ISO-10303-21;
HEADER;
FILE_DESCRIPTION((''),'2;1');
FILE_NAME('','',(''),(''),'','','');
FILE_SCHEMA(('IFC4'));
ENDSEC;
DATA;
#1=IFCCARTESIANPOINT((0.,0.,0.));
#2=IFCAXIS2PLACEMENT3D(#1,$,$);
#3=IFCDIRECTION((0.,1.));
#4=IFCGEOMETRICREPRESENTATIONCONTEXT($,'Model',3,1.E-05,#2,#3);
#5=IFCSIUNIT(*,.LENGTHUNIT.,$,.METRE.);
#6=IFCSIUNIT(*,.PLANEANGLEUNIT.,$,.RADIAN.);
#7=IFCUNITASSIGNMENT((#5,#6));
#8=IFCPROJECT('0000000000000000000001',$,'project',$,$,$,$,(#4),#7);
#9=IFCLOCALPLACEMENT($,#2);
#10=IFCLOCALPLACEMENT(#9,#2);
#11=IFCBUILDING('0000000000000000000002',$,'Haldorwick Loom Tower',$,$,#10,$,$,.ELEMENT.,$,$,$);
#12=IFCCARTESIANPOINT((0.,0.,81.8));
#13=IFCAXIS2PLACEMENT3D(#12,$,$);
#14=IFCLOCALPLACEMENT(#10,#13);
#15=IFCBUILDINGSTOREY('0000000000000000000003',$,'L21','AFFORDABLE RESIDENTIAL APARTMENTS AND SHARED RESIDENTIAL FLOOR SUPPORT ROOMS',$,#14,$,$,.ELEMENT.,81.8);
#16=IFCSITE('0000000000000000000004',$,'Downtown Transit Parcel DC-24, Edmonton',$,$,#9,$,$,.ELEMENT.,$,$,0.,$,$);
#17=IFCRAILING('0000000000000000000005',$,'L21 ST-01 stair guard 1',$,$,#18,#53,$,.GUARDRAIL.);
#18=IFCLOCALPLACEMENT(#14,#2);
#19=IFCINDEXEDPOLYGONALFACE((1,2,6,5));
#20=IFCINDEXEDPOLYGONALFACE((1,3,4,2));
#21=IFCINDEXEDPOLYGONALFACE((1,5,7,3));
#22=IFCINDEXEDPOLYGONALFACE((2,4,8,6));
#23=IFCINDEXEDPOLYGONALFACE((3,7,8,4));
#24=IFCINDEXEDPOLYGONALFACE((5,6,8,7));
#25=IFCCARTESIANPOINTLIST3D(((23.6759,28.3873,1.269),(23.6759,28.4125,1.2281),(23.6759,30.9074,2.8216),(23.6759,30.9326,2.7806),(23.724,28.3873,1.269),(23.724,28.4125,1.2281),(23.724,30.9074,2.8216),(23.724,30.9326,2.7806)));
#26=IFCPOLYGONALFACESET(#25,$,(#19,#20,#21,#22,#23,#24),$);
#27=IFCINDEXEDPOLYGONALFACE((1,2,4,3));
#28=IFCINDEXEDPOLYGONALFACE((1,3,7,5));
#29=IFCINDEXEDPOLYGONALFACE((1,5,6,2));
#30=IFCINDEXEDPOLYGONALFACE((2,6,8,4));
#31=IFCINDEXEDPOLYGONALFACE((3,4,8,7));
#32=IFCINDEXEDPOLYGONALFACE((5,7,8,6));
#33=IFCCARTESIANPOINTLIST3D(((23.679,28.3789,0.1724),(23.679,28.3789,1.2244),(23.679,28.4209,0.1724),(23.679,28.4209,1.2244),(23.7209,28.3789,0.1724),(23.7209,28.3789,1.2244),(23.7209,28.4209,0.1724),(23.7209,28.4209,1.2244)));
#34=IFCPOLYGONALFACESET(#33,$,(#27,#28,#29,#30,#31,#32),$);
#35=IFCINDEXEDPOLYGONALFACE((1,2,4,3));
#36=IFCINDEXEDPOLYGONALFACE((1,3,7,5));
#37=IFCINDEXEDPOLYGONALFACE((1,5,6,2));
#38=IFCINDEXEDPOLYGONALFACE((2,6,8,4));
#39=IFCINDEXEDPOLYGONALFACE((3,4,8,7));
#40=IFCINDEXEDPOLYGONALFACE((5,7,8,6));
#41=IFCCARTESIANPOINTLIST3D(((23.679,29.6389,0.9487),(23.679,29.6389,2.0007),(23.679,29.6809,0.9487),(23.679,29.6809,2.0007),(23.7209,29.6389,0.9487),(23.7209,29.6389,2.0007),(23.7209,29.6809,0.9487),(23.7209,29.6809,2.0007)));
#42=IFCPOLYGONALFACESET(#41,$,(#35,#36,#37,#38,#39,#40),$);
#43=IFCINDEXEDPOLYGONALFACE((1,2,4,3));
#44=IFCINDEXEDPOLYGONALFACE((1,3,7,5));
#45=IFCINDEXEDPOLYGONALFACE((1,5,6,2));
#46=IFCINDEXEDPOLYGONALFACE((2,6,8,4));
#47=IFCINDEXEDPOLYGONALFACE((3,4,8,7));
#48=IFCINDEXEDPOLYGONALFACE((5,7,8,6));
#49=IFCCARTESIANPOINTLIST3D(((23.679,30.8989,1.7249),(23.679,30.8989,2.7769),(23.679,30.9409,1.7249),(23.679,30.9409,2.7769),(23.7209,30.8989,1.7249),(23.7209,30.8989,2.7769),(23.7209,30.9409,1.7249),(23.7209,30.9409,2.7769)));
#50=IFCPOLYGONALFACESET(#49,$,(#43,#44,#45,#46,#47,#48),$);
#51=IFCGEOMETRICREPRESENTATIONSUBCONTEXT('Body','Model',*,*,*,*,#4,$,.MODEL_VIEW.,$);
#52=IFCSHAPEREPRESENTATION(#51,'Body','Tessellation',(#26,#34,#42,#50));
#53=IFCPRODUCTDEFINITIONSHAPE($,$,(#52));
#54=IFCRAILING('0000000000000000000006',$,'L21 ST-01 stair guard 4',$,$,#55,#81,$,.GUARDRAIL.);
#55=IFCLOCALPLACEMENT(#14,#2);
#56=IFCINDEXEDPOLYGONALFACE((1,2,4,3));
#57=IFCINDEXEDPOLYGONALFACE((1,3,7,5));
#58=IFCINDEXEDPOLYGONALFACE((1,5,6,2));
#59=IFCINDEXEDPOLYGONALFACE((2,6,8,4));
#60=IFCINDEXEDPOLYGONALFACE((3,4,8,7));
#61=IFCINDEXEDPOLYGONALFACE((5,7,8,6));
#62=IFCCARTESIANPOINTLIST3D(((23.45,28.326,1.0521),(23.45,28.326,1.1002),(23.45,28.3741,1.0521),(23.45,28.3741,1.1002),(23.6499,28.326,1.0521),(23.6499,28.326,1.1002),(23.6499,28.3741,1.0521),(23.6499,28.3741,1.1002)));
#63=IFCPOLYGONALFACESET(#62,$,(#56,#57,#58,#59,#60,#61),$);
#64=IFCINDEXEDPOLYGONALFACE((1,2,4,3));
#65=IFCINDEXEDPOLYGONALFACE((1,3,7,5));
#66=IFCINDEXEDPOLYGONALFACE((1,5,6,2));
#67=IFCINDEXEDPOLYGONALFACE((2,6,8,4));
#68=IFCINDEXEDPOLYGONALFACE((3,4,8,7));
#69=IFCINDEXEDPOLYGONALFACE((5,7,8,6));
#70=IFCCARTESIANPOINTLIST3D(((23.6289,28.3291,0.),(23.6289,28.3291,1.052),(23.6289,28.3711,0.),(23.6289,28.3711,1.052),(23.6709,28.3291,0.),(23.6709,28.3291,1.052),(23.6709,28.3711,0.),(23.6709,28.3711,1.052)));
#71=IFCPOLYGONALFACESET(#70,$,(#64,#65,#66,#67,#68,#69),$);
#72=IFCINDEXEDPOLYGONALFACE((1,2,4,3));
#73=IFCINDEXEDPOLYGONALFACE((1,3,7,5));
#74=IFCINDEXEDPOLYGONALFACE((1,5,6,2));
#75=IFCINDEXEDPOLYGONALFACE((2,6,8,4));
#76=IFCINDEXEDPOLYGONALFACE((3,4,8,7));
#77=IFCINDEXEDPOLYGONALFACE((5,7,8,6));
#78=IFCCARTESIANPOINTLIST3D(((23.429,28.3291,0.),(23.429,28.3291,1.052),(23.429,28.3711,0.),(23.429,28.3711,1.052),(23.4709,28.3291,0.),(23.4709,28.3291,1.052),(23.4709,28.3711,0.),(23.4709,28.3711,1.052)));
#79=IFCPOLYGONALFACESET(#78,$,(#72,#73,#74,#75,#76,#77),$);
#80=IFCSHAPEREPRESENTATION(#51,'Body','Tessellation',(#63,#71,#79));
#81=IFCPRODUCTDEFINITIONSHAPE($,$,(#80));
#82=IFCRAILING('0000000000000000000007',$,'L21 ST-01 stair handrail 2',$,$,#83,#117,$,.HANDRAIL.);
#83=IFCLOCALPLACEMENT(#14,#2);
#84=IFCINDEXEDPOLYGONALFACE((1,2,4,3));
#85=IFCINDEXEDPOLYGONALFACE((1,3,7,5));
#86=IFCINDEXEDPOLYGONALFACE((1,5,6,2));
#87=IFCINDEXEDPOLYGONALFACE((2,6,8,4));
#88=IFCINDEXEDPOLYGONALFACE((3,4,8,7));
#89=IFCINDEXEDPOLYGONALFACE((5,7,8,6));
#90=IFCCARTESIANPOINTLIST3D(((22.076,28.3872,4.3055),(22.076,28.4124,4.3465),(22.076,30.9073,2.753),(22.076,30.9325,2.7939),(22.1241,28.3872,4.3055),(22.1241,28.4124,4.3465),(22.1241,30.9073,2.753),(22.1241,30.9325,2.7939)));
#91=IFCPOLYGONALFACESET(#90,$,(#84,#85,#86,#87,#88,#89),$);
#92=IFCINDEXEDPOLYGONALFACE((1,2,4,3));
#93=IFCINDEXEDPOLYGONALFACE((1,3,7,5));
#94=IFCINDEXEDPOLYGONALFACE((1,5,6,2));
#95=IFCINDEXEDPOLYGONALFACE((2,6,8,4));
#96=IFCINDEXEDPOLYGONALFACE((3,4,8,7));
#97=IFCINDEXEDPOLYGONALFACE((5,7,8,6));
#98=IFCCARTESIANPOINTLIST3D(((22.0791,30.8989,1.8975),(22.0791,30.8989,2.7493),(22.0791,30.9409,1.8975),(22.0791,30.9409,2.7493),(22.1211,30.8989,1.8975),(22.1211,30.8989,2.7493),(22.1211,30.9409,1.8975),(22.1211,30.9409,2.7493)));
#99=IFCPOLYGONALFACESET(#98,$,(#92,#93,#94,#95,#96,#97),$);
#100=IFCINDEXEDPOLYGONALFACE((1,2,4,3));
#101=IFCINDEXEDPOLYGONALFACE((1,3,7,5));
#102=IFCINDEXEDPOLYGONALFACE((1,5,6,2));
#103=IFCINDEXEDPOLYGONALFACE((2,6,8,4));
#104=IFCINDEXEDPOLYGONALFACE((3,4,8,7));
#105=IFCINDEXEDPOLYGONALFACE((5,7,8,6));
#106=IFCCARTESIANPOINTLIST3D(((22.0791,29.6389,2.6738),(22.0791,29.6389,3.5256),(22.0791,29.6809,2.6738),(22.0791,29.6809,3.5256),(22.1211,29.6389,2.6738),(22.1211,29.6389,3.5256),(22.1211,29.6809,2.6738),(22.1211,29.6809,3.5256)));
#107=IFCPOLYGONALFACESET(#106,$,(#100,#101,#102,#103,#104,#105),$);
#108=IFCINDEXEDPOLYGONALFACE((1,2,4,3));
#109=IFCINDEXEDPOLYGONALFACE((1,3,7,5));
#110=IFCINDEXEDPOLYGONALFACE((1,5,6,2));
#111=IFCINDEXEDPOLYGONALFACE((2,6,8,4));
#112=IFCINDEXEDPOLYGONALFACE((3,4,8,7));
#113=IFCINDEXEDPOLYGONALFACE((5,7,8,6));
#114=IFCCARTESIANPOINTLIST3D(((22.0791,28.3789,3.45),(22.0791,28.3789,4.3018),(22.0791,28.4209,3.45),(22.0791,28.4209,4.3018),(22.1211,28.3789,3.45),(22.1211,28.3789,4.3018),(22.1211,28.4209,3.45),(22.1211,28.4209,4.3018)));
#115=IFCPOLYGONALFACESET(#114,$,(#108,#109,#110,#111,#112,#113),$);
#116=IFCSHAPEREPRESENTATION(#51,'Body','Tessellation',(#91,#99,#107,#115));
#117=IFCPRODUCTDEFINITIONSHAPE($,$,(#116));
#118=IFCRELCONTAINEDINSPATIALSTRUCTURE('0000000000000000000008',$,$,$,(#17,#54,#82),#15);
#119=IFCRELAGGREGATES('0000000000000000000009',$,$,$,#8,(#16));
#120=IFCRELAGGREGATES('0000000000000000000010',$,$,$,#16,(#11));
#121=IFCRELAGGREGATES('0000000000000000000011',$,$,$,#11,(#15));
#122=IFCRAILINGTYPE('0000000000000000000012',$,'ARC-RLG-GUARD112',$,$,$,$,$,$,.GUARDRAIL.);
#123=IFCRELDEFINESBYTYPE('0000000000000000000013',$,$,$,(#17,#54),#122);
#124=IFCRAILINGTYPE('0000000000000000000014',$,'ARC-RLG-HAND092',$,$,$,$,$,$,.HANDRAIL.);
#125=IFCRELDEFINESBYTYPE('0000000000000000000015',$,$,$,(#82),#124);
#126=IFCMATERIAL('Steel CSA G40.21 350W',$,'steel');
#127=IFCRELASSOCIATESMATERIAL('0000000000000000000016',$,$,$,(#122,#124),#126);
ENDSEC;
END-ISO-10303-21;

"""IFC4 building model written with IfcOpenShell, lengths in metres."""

from ifc_helpers import new_model, si_unit, direction, frame, origin, origin_2d, place, context, subcontext, project, spatial, rectangle, extrude, material, type_object, element, save


model = new_model("IFC4")

# Units and contexts
model_context = context("Model", 3, precision=1e-05, world=origin(), true_north=direction((0.0, 1.0)))
body_context = subcontext(model_context, "Body", "Model", "MODEL_VIEW")
ifc_project = project(units=[si_unit("LENGTHUNIT", "METRE"), si_unit("PLANEANGLEUNIT", "RADIAN")], contexts=[model_context])

# Site, building, storey
site_placement = place(None, origin())
site = spatial("IfcSite", under=ifc_project, at=site_placement, Name="Downtown Transit Parcel DC-24, Edmonton", CompositionType="ELEMENT", RefElevation=0.0)
building_placement = place(site_placement, origin())
building = spatial("IfcBuilding", under=site, at=building_placement, Name="Haldorwick Loom Tower", CompositionType="ELEMENT")
storey_placement = place(building_placement, frame((0.0, 0.0, 81.8)))
storey = spatial("IfcBuildingStorey", under=building, at=storey_placement, Name="L21", Description="AFFORDABLE RESIDENTIAL APARTMENTS AND SHARED RESIDENTIAL FLOOR SUPPORT ROOMS", CompositionType="ELEMENT", Elevation=81.8)

# Shared definitions
ifc_material_1 = material(Name="Steel CSA G40.21 350W", Category="steel")

# Railings
railing_type_1 = type_object("IfcRailingType", Name="ARC-RLG-GUARD112", PredefinedType="GUARDRAIL", material=ifc_material_1)
railing_1_placement = place(storey_placement, frame((23.7, 28.3999, 0.1724)))
element("IfcRailing", 1, at=railing_1_placement, inside=storey, type_object=railing_type_1, Name="L21 ST-01 stair guard 1", PredefinedType="GUARDRAIL", context=body_context, shape_type="SweptSolid", body=[
    extrude(rectangle(XDim=0.0481, YDim=0.0481, at=origin_2d()), frame((0.0, 0.0, 1.0762), z_axis=(0.0, 0.8514, 0.524516), x_axis=(-1.0, 0.0, 0.0)), (0.0, 0.0, 1.0), 2.96),
    extrude(rectangle(XDim=0.042, YDim=0.042, at=origin_2d()), origin(), (0.0, 0.0, 1.0), 1.052),
    extrude(rectangle(XDim=0.042, YDim=0.042, at=origin_2d()), frame((0.0, 1.26, 0.7764)), (0.0, 0.0, 1.0), 1.052),
    extrude(rectangle(XDim=0.042, YDim=0.042, at=origin_2d()), frame((0.0, 2.52, 1.5525)), (0.0, 0.0, 1.0), 1.052),
])
railing_2_placement = place(storey_placement, frame((23.6499, 28.3501, 0.0)))
element("IfcRailing", 2, at=railing_2_placement, inside=storey, type_object=railing_type_1, Name="L21 ST-01 stair guard 4", PredefinedType="GUARDRAIL", context=body_context, shape_type="SweptSolid", body=[
    extrude(rectangle(XDim=0.0481, YDim=0.0481, at=origin_2d()), frame((0.0, 0.0, 1.0762), z_axis=(-1.0, 0.0, 0.0), x_axis=(0.0, -1.0, 0.0)), (0.0, 0.0, 1.0), 0.2),
    extrude(rectangle(XDim=0.042, YDim=0.042, at=origin_2d()), origin(), (0.0, 0.0, 1.0), 1.052),
    extrude(rectangle(XDim=0.042, YDim=0.042, at=origin_2d()), frame((-0.2, 0.0, 0.0)), (0.0, 0.0, 1.0), 1.052),
])
railing_type_2 = type_object("IfcRailingType", Name="ARC-RLG-HAND092", PredefinedType="HANDRAIL", material=ifc_material_1)
railing_3_placement = place(storey_placement, frame((22.1001, 30.9199, 1.8975)))
element("IfcRailing", 3, at=railing_3_placement, inside=storey, type_object=railing_type_2, Name="L21 ST-01 stair handrail 2", PredefinedType="HANDRAIL", context=body_context, shape_type="SweptSolid", body=[
    extrude(rectangle(XDim=0.0481, YDim=0.0481, at=origin_2d()), frame((0.0, 0.0, 0.876), z_axis=(0.0, -0.8514, 0.524516), x_axis=(1.0, 0.0, 0.0)), (0.0, 0.0, 1.0), 2.96),
    extrude(rectangle(XDim=0.042, YDim=0.042, at=origin_2d()), origin(), (0.0, 0.0, 1.0), 0.8518),
    extrude(rectangle(XDim=0.042, YDim=0.042, at=origin_2d()), frame((0.0, -1.26, 0.7764)), (0.0, 0.0, 1.0), 0.8518),
    extrude(rectangle(XDim=0.042, YDim=0.042, at=origin_2d()), frame((0.0, -2.52, 1.5525)), (0.0, 0.0, 1.0), 0.8518),
])

save(model, "model.ifc")
